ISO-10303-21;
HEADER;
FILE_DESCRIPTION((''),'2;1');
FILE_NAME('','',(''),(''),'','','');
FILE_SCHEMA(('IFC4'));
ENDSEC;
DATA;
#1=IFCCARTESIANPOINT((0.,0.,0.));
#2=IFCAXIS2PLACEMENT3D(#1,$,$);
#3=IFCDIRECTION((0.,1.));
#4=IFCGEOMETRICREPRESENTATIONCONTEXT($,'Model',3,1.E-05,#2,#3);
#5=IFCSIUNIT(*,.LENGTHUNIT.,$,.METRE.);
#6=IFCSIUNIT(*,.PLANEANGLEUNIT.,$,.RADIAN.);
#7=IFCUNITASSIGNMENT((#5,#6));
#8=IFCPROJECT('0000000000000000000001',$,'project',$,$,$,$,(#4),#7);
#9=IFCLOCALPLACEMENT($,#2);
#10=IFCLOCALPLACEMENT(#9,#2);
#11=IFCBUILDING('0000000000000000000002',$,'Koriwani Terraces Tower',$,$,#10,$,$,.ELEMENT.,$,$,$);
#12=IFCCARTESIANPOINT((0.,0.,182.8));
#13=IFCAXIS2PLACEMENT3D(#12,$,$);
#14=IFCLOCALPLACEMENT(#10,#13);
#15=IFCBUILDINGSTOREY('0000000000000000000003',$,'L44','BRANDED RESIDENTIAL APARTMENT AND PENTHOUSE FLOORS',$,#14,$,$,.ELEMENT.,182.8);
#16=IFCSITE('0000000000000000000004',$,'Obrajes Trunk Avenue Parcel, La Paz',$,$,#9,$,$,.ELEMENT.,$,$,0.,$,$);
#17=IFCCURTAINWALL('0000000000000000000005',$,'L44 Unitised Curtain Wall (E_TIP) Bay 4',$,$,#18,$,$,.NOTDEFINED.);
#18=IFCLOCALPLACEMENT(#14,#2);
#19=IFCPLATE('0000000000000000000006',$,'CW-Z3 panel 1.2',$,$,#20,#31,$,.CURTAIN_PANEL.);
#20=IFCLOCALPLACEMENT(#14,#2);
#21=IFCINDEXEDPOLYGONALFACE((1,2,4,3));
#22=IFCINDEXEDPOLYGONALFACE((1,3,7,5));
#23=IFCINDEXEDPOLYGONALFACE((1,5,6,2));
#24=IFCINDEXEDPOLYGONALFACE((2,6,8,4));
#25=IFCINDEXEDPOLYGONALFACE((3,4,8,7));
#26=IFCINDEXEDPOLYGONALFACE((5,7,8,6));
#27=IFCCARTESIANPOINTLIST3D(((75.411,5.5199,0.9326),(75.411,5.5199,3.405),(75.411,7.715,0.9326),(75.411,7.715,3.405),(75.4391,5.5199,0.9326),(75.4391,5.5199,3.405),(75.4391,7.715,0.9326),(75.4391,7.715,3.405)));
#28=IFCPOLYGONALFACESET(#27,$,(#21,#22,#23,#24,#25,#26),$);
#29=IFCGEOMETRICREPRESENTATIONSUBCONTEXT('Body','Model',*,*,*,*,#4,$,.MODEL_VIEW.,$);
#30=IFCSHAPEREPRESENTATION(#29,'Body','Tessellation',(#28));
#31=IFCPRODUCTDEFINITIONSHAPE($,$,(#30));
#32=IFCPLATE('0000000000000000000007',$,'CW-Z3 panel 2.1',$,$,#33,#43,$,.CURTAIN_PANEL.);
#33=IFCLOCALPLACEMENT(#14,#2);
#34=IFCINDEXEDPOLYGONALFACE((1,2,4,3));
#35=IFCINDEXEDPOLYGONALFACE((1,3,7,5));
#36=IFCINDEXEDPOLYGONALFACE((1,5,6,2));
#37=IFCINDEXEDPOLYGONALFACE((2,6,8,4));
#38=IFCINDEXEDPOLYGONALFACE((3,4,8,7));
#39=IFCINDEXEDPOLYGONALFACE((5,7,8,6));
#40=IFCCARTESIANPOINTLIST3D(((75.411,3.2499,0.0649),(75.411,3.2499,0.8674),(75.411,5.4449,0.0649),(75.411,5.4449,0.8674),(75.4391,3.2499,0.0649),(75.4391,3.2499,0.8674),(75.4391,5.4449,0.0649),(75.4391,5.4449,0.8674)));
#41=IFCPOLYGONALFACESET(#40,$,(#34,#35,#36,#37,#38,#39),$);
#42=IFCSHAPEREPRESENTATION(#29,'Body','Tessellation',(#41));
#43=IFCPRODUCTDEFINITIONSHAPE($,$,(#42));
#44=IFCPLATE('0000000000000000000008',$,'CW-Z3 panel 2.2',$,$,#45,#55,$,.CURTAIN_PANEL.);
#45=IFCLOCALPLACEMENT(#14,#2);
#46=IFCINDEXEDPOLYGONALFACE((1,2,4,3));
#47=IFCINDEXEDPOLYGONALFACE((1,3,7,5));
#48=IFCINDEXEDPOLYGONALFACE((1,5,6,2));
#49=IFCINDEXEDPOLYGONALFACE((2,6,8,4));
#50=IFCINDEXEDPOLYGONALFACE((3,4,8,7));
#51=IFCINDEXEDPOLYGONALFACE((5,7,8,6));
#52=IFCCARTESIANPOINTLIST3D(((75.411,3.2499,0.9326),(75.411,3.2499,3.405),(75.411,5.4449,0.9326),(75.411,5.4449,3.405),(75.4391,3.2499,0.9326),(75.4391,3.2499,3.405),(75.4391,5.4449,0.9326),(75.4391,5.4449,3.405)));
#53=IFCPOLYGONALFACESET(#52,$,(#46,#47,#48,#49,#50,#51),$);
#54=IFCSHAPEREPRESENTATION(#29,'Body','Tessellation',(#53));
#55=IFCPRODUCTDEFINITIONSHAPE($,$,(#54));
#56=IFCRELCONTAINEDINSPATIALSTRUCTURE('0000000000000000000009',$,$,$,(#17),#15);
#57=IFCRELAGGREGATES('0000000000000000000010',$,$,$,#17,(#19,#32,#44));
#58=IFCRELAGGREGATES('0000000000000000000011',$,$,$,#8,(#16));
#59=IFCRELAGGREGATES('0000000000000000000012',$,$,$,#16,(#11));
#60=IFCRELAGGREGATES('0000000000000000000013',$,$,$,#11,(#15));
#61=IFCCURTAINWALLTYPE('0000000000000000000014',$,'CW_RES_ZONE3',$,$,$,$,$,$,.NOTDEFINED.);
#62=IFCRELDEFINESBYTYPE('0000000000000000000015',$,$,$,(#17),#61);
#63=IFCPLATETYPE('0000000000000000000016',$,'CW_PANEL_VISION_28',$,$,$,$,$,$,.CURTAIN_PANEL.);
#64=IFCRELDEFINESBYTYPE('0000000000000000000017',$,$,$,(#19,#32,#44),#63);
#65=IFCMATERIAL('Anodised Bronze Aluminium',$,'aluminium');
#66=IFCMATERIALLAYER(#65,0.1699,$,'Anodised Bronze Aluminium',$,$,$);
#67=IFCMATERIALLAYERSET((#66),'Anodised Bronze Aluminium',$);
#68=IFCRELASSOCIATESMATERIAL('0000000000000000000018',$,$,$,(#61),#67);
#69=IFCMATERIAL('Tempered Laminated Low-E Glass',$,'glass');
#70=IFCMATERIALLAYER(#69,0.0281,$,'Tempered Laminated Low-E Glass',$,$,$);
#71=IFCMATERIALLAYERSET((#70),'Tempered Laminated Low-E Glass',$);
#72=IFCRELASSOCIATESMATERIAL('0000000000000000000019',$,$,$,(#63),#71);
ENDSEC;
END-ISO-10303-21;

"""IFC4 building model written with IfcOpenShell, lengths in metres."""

from ifc_helpers import new_model, si_unit, direction, frame, origin, origin_2d, place, context, subcontext, project, spatial, rectangle, extrude, material, layer, layer_set, type_object, element, aggregate, save


model = new_model("IFC4")

# Units and contexts
model_context = context("Model", 3, precision=1e-05, world=origin(), true_north=direction((0.0, 1.0)))
body_context = subcontext(model_context, "Body", "Model", "MODEL_VIEW")
ifc_project = project(units=[si_unit("LENGTHUNIT", "METRE"), si_unit("PLANEANGLEUNIT", "RADIAN")], contexts=[model_context])

# Site, building, storey
site_placement = place(None, origin())
site = spatial("IfcSite", under=ifc_project, at=site_placement, Name="Obrajes Trunk Avenue Parcel, La Paz", CompositionType="ELEMENT", RefElevation=0.0)
building_placement = place(site_placement, origin())
building = spatial("IfcBuilding", under=site, at=building_placement, Name="Koriwani Terraces Tower", CompositionType="ELEMENT")
storey_placement = place(building_placement, frame((0.0, 0.0, 182.8)))
storey = spatial("IfcBuildingStorey", under=building, at=storey_placement, Name="L44", Description="BRANDED RESIDENTIAL APARTMENT AND PENTHOUSE FLOORS", CompositionType="ELEMENT", Elevation=182.8)

# Curtain wall, plates
ifc_material_1 = material(Name="Anodised Bronze Aluminium", Category="aluminium")
ifc_layer_1 = layer(ifc_material_1, 0.1699, Name="Anodised Bronze Aluminium")
ifc_layer_set_1 = layer_set([ifc_layer_1], Name="Anodised Bronze Aluminium")
curtain_wall_type = type_object("IfcCurtainWallType", Name="CW_RES_ZONE3", PredefinedType="NOTDEFINED", material=ifc_layer_set_1)
curtain_wall_placement = place(storey_placement, origin())
curtain_wall = element("IfcCurtainWall", 1, at=curtain_wall_placement, inside=storey, type_object=curtain_wall_type, Name="L44 Unitised Curtain Wall (E_TIP) Bay 4", PredefinedType="NOTDEFINED")
ifc_material_2 = material(Name="Tempered Laminated Low-E Glass", Category="glass")
ifc_layer_2 = layer(ifc_material_2, 0.0281, Name="Tempered Laminated Low-E Glass")
ifc_layer_set_2 = layer_set([ifc_layer_2], Name="Tempered Laminated Low-E Glass")
plate_type = type_object("IfcPlateType", Name="CW_PANEL_VISION_28", PredefinedType="CURTAIN_PANEL", material=ifc_layer_set_2)
plate_1_placement = place(storey_placement, frame((75.425, 6.6174, 0.9326), z_axis=(0.0, 0.0, 1.0), x_axis=(0.0, -1.0, 0.0)))
plate_1 = element("IfcPlate", 2, at=plate_1_placement, type_object=plate_type, Name="CW-Z3 panel 1.2", PredefinedType="CURTAIN_PANEL", context=body_context, shape_type="SweptSolid", body=[
    extrude(rectangle(XDim=2.1951, YDim=0.0281, at=origin_2d()), origin(), (0.0, 0.0, 1.0), 2.4724),
])
plate_2_placement = place(storey_placement, frame((75.425, 4.3474, 0.0649), z_axis=(0.0, 0.0, 1.0), x_axis=(0.0, -1.0, 0.0)))
plate_2 = element("IfcPlate", 3, at=plate_2_placement, type_object=plate_type, Name="CW-Z3 panel 2.1", PredefinedType="CURTAIN_PANEL", context=body_context, shape_type="SweptSolid", body=[
    extrude(rectangle(XDim=2.1951, YDim=0.0281, at=origin_2d()), origin(), (0.0, 0.0, 1.0), 0.8025),
])
plate_3_placement = place(storey_placement, frame((75.425, 4.3474, 0.9326), z_axis=(0.0, 0.0, 1.0), x_axis=(0.0, -1.0, 0.0)))
plate_3 = element("IfcPlate", 4, at=plate_3_placement, type_object=plate_type, Name="CW-Z3 panel 2.2", PredefinedType="CURTAIN_PANEL", context=body_context, shape_type="SweptSolid", body=[
    extrude(rectangle(XDim=2.1951, YDim=0.0281, at=origin_2d()), origin(), (0.0, 0.0, 1.0), 2.4724),
])
aggregate(curtain_wall, [plate_1, plate_2, plate_3])

save(model, "model.ifc")
